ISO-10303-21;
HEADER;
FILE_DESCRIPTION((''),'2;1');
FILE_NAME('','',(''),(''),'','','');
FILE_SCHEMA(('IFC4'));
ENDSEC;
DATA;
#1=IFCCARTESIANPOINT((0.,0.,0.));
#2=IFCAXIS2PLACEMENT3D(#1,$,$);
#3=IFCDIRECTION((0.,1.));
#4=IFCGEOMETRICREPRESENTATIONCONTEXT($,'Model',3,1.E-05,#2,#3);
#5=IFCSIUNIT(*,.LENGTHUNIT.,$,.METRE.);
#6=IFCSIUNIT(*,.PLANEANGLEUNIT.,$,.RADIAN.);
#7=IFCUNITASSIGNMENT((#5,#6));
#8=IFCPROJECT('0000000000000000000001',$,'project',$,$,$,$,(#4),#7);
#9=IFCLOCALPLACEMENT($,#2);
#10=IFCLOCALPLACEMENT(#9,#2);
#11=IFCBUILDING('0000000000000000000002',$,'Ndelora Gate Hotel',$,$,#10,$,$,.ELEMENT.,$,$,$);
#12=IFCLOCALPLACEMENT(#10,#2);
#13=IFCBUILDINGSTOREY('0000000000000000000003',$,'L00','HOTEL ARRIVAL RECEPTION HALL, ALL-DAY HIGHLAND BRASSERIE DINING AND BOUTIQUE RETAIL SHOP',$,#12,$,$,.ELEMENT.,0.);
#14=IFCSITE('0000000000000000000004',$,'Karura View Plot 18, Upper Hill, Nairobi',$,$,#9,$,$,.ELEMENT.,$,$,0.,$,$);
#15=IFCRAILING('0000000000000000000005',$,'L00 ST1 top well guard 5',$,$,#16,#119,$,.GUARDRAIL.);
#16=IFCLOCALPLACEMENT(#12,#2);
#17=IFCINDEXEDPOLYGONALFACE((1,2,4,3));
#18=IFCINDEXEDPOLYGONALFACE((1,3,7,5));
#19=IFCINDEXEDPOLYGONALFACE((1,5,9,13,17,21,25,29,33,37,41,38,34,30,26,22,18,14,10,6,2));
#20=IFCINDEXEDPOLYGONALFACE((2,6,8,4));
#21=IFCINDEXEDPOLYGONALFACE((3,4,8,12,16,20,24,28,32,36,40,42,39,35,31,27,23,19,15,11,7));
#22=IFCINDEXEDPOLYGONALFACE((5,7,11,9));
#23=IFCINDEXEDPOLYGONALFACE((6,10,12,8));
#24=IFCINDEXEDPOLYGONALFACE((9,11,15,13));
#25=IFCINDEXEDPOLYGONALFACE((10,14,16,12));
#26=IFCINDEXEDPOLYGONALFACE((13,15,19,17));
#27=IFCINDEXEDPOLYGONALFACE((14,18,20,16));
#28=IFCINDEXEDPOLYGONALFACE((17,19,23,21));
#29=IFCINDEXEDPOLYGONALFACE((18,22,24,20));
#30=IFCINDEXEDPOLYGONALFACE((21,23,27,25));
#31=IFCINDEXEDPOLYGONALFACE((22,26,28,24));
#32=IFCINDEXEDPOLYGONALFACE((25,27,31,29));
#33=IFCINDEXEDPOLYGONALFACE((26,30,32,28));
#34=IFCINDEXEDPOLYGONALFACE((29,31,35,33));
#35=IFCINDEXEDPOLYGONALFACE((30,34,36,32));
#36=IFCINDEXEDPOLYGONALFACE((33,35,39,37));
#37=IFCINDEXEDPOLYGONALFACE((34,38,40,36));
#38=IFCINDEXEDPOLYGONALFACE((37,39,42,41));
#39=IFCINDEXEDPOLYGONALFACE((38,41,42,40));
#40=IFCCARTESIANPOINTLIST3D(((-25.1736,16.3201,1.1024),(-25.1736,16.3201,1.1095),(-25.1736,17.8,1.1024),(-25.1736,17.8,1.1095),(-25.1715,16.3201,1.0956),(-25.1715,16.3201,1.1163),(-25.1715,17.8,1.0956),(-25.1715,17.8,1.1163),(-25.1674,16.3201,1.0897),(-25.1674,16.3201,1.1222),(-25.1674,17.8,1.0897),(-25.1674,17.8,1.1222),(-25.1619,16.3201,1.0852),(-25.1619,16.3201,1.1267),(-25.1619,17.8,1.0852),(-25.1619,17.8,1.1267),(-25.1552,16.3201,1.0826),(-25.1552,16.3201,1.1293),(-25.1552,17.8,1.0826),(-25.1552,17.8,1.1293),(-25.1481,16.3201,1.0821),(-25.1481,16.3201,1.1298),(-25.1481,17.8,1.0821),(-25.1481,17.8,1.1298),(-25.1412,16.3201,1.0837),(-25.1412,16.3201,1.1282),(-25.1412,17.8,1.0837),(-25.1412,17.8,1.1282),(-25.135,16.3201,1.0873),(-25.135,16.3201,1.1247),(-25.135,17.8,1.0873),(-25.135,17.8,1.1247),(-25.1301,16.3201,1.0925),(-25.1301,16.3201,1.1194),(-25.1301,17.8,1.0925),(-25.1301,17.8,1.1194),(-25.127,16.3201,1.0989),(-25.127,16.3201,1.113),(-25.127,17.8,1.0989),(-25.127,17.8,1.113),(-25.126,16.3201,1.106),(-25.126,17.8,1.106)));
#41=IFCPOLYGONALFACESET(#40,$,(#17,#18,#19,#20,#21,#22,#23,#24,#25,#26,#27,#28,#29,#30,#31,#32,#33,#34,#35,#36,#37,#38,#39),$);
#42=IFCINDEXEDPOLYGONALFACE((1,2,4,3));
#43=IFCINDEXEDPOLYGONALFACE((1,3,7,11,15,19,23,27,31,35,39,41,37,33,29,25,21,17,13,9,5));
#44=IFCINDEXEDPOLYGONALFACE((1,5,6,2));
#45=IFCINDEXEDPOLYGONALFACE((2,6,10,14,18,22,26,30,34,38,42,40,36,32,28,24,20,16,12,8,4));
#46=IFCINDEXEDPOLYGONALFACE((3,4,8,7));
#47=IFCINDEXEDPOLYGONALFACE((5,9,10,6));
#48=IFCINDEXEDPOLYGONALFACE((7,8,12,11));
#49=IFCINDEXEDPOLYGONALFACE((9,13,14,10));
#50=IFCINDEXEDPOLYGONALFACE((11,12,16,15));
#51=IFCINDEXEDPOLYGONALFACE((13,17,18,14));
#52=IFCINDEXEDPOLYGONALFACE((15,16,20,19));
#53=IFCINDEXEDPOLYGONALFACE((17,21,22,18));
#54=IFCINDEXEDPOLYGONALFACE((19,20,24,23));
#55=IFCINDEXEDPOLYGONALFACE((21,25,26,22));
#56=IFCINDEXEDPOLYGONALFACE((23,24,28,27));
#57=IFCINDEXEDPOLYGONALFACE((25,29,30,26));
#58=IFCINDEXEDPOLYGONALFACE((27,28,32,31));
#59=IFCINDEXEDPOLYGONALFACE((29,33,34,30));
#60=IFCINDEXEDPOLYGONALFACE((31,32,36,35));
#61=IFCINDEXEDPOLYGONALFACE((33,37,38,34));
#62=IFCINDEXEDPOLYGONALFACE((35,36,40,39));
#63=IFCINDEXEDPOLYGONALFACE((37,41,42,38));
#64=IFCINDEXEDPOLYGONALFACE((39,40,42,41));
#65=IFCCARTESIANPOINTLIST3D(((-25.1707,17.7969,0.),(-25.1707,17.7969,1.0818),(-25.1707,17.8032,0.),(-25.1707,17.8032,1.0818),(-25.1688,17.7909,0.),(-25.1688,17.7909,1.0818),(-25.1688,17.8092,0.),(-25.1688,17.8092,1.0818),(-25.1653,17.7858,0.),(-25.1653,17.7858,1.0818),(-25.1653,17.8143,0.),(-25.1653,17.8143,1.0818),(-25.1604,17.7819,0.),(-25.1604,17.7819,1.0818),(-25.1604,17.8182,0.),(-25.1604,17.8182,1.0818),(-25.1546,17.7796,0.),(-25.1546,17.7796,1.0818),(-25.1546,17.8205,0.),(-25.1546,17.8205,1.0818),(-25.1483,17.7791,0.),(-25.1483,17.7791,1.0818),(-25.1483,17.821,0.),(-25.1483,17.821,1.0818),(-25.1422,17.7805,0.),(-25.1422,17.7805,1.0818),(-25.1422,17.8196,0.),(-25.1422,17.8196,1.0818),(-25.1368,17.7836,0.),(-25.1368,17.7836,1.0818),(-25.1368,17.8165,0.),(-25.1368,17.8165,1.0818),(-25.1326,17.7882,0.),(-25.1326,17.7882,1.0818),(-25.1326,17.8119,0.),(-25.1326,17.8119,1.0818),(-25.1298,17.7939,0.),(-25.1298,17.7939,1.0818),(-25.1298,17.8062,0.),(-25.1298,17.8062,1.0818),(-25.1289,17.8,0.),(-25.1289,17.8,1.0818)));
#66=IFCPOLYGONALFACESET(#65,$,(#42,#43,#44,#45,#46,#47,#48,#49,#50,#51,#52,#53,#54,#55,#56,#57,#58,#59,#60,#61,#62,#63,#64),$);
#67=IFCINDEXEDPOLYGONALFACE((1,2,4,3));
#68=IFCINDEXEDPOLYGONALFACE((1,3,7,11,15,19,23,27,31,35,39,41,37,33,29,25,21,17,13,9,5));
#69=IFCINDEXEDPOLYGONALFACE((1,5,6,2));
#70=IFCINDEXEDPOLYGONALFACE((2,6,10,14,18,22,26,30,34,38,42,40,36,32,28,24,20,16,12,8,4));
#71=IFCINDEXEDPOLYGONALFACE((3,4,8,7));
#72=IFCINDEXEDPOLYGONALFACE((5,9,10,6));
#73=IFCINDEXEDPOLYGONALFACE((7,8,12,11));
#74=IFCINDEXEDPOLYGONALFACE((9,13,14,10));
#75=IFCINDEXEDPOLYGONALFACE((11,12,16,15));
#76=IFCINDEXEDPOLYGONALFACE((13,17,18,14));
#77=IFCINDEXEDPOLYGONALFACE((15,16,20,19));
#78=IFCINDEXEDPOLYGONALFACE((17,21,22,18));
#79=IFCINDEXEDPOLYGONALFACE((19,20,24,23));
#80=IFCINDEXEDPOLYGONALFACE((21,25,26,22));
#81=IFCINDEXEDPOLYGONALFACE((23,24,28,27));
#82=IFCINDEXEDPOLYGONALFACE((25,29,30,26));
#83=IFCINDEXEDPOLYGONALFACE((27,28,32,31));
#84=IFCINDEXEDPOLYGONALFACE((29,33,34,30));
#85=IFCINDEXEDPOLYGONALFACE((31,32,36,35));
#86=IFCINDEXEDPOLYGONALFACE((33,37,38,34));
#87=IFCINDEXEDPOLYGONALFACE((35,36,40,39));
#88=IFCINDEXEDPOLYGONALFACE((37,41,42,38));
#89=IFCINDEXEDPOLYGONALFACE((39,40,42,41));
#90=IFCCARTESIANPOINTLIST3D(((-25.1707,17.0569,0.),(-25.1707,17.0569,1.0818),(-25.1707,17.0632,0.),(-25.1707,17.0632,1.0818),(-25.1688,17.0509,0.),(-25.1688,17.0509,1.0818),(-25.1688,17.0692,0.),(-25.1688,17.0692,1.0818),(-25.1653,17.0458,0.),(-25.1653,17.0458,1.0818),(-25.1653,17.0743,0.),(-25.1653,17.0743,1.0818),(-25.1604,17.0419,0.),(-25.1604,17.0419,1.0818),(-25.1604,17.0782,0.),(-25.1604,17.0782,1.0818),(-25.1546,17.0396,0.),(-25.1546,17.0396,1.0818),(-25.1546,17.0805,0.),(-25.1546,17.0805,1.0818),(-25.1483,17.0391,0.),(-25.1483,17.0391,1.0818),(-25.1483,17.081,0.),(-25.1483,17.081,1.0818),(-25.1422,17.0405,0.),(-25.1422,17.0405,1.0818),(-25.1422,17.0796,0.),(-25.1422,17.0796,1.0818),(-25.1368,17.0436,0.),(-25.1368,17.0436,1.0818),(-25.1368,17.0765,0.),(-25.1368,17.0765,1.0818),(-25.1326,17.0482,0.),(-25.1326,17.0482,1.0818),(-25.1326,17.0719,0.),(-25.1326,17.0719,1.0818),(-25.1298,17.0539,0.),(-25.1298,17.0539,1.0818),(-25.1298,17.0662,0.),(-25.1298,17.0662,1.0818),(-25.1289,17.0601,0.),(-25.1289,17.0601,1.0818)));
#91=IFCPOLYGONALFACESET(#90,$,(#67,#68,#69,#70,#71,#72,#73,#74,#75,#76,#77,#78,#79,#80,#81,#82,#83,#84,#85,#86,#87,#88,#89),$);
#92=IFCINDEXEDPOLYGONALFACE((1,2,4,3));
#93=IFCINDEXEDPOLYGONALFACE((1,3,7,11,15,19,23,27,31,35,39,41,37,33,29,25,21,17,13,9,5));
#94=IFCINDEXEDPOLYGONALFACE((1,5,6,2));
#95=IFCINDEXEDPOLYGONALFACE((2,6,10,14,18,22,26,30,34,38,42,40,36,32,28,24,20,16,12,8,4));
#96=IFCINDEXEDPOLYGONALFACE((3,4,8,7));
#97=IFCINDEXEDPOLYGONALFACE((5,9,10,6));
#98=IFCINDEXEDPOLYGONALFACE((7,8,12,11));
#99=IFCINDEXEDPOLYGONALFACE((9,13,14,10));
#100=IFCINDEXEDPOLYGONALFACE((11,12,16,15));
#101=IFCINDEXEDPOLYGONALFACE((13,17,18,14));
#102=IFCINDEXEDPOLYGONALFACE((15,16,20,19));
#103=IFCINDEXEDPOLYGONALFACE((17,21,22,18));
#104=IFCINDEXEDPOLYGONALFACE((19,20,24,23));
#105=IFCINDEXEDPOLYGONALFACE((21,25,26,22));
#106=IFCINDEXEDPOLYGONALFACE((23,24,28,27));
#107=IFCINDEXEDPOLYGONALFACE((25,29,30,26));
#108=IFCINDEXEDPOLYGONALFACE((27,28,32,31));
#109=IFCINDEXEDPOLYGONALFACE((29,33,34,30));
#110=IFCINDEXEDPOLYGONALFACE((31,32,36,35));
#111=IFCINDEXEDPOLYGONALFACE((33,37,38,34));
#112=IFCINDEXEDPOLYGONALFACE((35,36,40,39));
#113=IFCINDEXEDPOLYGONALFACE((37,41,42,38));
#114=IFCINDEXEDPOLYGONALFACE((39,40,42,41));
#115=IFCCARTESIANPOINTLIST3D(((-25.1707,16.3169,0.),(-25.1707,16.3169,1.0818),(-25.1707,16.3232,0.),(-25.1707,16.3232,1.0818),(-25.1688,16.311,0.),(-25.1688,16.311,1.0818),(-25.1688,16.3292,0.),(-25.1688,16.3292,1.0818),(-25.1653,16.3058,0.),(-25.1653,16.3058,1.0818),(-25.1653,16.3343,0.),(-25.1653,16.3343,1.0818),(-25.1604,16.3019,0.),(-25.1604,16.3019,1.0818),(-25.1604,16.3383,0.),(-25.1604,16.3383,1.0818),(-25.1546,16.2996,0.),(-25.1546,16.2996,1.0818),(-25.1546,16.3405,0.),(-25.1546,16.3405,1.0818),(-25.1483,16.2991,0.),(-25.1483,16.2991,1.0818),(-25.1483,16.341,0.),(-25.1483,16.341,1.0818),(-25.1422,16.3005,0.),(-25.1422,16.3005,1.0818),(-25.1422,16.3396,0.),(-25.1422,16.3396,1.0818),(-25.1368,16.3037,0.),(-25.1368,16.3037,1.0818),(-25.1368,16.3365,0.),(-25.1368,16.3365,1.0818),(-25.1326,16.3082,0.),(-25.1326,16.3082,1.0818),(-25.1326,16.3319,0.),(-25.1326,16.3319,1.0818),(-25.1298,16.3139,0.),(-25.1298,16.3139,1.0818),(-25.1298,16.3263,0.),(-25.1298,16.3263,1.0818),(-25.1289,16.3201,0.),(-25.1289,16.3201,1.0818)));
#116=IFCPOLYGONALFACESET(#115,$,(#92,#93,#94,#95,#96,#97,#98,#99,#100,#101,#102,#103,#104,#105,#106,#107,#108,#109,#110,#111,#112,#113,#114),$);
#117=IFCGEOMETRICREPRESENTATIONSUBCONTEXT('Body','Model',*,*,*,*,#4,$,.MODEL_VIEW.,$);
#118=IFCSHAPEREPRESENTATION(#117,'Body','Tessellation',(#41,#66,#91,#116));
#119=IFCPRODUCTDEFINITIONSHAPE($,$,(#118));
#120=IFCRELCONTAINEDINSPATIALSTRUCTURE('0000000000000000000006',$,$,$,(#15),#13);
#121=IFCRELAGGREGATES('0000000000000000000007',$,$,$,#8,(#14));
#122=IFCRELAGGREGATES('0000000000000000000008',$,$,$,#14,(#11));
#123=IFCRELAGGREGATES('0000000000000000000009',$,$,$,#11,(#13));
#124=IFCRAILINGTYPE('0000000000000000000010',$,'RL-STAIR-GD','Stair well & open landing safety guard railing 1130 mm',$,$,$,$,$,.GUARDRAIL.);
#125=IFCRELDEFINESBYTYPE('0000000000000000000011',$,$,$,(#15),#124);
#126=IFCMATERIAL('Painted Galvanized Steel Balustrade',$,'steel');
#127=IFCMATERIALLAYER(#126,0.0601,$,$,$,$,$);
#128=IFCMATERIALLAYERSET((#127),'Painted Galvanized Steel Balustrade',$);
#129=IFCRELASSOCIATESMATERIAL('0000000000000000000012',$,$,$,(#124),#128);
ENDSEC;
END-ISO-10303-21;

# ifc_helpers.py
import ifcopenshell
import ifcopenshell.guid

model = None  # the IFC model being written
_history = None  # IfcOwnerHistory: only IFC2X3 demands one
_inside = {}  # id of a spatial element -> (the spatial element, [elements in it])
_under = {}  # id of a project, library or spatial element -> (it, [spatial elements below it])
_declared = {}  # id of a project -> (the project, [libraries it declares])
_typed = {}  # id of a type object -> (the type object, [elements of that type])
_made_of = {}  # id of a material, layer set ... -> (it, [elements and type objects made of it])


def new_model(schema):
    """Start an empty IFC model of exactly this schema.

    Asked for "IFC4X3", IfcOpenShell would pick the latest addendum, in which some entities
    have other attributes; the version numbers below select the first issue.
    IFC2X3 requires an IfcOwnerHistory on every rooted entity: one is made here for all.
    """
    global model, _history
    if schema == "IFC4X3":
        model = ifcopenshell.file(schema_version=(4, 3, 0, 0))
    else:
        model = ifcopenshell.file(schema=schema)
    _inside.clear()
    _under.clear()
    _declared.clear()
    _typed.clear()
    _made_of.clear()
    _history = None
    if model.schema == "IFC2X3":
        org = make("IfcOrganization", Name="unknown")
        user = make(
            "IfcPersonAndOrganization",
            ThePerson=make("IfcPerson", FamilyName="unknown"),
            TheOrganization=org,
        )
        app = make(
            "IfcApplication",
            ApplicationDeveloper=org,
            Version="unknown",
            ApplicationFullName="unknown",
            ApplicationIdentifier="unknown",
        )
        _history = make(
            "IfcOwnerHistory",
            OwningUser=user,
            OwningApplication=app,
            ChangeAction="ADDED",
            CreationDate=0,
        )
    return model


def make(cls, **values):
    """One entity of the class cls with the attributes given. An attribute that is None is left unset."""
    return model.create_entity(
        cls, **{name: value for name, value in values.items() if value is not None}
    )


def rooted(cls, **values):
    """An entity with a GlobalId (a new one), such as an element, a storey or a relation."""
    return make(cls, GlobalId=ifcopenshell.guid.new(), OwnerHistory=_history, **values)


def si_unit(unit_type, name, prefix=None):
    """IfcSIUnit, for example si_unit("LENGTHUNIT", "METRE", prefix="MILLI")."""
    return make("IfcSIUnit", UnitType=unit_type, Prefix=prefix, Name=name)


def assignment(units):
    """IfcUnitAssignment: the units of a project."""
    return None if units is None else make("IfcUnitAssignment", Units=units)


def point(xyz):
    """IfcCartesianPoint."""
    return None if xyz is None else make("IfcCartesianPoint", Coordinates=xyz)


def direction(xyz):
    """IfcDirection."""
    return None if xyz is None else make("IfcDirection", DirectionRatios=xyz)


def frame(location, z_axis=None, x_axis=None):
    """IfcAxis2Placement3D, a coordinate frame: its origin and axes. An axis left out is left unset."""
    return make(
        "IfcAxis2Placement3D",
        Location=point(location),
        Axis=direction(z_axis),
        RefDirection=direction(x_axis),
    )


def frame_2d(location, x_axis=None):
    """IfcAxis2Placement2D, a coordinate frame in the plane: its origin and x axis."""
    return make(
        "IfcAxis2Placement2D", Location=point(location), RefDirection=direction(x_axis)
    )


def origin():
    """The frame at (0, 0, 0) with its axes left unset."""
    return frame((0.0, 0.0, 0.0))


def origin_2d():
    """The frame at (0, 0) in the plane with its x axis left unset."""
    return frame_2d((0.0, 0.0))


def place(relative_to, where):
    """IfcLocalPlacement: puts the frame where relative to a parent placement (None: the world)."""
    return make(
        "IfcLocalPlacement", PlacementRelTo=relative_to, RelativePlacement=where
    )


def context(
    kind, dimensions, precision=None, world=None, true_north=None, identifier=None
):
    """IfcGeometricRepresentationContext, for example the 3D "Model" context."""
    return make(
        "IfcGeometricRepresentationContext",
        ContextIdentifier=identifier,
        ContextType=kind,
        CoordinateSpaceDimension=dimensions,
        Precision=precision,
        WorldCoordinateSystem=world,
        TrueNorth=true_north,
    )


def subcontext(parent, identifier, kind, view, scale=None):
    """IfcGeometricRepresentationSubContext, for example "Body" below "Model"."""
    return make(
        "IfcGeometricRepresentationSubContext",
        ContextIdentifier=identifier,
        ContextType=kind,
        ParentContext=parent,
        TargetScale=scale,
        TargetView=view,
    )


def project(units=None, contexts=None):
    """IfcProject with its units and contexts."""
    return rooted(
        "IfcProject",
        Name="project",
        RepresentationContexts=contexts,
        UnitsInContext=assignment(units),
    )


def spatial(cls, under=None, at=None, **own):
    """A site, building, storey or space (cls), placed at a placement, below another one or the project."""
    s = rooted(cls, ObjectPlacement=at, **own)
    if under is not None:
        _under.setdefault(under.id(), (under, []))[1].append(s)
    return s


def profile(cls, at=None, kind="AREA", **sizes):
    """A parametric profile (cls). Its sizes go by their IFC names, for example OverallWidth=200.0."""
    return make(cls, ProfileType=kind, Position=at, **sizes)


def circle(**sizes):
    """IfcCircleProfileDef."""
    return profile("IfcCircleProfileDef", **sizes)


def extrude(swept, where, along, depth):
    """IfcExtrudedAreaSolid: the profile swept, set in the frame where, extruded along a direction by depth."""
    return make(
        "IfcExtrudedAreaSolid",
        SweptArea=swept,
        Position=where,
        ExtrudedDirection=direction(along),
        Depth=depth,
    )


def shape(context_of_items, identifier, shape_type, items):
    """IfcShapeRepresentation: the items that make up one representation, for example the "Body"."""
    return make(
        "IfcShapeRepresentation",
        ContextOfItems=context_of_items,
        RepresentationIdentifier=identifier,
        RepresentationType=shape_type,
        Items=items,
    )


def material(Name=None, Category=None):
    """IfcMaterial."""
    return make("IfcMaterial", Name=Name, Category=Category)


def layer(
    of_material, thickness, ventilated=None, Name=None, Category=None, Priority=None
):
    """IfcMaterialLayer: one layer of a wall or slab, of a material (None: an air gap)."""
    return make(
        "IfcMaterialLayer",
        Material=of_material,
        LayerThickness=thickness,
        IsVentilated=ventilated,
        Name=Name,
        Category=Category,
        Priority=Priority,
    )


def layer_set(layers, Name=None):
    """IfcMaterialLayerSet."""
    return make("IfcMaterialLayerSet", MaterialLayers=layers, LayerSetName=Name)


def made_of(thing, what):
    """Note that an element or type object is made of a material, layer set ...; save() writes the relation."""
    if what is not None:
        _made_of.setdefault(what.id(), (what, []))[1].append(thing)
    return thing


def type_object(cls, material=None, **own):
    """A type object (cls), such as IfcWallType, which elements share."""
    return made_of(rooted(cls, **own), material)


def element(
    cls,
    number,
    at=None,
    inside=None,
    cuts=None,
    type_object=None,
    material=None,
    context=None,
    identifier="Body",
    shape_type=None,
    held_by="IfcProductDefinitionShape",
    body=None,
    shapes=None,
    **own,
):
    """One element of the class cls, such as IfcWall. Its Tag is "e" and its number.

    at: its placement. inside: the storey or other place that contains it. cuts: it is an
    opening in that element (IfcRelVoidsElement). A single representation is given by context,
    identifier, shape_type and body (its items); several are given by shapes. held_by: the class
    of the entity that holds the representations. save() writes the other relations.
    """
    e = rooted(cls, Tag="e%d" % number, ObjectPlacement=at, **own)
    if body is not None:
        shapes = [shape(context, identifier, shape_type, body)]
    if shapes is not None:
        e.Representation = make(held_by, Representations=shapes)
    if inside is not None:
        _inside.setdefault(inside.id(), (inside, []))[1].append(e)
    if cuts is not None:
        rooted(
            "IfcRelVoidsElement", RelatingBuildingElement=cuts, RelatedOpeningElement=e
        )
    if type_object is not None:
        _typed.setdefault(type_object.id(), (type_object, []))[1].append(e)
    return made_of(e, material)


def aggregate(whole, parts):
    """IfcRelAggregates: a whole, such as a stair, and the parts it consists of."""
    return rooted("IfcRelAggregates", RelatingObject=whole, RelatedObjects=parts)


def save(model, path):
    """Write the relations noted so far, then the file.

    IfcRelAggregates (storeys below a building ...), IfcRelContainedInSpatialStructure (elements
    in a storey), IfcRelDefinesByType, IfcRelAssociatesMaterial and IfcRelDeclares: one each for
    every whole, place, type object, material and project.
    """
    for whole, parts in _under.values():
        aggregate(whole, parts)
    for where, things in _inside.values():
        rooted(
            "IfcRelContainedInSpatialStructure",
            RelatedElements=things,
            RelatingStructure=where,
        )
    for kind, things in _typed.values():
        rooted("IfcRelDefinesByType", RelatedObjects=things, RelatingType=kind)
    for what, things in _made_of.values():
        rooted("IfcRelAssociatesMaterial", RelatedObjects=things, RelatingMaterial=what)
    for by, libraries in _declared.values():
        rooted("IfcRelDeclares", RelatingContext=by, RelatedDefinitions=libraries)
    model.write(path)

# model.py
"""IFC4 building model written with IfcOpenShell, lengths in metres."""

from ifc_helpers import new_model, si_unit, direction, frame, origin, origin_2d, place, context, subcontext, project, spatial, circle, extrude, material, layer, layer_set, type_object, element, save


model = new_model("IFC4")

# Units and contexts
model_context = context("Model", 3, precision=1e-05, world=origin(), true_north=direction((0.0, 1.0)))
body_context = subcontext(model_context, "Body", "Model", "MODEL_VIEW")
ifc_project = project(units=[si_unit("LENGTHUNIT", "METRE"), si_unit("PLANEANGLEUNIT", "RADIAN")], contexts=[model_context])

# Site, building, storey
site_placement = place(None, origin())
site = spatial("IfcSite", under=ifc_project, at=site_placement, Name="Karura View Plot 18, Upper Hill, Nairobi", CompositionType="ELEMENT", RefElevation=0.0)
building_placement = place(site_placement, origin())
building = spatial("IfcBuilding", under=site, at=building_placement, Name="Ndelora Gate Hotel", CompositionType="ELEMENT")
storey_placement = place(building_placement, origin())
storey = spatial("IfcBuildingStorey", under=building, at=storey_placement, Name="L00", Description="HOTEL ARRIVAL RECEPTION HALL, ALL-DAY HIGHLAND BRASSERIE DINING AND BOUTIQUE RETAIL SHOP", CompositionType="ELEMENT", Elevation=0.0)

# Railing
ifc_material_1 = material(Name="Painted Galvanized Steel Balustrade", Category="steel")
ifc_layer_1 = layer(ifc_material_1, 0.0601)
ifc_layer_set_1 = layer_set([ifc_layer_1], Name="Painted Galvanized Steel Balustrade")
railing_type = type_object("IfcRailingType", Name="RL-STAIR-GD", Description="Stair well & open landing safety guard railing 1130 mm", PredefinedType="GUARDRAIL", material=ifc_layer_set_1)
for number, where, name in (
    (1, (-25.1499, 17.8, 0.0), "L00 ST1 top well guard 5"),
):
    element("IfcRailing", number, at=place(storey_placement, frame(where)), inside=storey, type_object=railing_type, Name=name, PredefinedType="GUARDRAIL", context=body_context, shape_type="SweptSolid", body=[
        extrude(circle(Radius=0.0239, at=origin_2d()), frame((0.0, 0.0, 1.106), z_axis=(0.0, -1.0, 0.0), x_axis=(1.0, 0.0, 0.0)), (0.0, 0.0, 1.0), 1.48),
        extrude(circle(Radius=0.021, at=origin_2d()), origin(), (0.0, 0.0, 1.0), 1.0818),
        extrude(circle(Radius=0.021, at=origin_2d()), frame((0.0, -0.74, 0.0)), (0.0, 0.0, 1.0), 1.0818),
        extrude(circle(Radius=0.021, at=origin_2d()), frame((0.0, -1.48, 0.0)), (0.0, 0.0, 1.0), 1.0818),
    ])

save(model, "model.ifc")
